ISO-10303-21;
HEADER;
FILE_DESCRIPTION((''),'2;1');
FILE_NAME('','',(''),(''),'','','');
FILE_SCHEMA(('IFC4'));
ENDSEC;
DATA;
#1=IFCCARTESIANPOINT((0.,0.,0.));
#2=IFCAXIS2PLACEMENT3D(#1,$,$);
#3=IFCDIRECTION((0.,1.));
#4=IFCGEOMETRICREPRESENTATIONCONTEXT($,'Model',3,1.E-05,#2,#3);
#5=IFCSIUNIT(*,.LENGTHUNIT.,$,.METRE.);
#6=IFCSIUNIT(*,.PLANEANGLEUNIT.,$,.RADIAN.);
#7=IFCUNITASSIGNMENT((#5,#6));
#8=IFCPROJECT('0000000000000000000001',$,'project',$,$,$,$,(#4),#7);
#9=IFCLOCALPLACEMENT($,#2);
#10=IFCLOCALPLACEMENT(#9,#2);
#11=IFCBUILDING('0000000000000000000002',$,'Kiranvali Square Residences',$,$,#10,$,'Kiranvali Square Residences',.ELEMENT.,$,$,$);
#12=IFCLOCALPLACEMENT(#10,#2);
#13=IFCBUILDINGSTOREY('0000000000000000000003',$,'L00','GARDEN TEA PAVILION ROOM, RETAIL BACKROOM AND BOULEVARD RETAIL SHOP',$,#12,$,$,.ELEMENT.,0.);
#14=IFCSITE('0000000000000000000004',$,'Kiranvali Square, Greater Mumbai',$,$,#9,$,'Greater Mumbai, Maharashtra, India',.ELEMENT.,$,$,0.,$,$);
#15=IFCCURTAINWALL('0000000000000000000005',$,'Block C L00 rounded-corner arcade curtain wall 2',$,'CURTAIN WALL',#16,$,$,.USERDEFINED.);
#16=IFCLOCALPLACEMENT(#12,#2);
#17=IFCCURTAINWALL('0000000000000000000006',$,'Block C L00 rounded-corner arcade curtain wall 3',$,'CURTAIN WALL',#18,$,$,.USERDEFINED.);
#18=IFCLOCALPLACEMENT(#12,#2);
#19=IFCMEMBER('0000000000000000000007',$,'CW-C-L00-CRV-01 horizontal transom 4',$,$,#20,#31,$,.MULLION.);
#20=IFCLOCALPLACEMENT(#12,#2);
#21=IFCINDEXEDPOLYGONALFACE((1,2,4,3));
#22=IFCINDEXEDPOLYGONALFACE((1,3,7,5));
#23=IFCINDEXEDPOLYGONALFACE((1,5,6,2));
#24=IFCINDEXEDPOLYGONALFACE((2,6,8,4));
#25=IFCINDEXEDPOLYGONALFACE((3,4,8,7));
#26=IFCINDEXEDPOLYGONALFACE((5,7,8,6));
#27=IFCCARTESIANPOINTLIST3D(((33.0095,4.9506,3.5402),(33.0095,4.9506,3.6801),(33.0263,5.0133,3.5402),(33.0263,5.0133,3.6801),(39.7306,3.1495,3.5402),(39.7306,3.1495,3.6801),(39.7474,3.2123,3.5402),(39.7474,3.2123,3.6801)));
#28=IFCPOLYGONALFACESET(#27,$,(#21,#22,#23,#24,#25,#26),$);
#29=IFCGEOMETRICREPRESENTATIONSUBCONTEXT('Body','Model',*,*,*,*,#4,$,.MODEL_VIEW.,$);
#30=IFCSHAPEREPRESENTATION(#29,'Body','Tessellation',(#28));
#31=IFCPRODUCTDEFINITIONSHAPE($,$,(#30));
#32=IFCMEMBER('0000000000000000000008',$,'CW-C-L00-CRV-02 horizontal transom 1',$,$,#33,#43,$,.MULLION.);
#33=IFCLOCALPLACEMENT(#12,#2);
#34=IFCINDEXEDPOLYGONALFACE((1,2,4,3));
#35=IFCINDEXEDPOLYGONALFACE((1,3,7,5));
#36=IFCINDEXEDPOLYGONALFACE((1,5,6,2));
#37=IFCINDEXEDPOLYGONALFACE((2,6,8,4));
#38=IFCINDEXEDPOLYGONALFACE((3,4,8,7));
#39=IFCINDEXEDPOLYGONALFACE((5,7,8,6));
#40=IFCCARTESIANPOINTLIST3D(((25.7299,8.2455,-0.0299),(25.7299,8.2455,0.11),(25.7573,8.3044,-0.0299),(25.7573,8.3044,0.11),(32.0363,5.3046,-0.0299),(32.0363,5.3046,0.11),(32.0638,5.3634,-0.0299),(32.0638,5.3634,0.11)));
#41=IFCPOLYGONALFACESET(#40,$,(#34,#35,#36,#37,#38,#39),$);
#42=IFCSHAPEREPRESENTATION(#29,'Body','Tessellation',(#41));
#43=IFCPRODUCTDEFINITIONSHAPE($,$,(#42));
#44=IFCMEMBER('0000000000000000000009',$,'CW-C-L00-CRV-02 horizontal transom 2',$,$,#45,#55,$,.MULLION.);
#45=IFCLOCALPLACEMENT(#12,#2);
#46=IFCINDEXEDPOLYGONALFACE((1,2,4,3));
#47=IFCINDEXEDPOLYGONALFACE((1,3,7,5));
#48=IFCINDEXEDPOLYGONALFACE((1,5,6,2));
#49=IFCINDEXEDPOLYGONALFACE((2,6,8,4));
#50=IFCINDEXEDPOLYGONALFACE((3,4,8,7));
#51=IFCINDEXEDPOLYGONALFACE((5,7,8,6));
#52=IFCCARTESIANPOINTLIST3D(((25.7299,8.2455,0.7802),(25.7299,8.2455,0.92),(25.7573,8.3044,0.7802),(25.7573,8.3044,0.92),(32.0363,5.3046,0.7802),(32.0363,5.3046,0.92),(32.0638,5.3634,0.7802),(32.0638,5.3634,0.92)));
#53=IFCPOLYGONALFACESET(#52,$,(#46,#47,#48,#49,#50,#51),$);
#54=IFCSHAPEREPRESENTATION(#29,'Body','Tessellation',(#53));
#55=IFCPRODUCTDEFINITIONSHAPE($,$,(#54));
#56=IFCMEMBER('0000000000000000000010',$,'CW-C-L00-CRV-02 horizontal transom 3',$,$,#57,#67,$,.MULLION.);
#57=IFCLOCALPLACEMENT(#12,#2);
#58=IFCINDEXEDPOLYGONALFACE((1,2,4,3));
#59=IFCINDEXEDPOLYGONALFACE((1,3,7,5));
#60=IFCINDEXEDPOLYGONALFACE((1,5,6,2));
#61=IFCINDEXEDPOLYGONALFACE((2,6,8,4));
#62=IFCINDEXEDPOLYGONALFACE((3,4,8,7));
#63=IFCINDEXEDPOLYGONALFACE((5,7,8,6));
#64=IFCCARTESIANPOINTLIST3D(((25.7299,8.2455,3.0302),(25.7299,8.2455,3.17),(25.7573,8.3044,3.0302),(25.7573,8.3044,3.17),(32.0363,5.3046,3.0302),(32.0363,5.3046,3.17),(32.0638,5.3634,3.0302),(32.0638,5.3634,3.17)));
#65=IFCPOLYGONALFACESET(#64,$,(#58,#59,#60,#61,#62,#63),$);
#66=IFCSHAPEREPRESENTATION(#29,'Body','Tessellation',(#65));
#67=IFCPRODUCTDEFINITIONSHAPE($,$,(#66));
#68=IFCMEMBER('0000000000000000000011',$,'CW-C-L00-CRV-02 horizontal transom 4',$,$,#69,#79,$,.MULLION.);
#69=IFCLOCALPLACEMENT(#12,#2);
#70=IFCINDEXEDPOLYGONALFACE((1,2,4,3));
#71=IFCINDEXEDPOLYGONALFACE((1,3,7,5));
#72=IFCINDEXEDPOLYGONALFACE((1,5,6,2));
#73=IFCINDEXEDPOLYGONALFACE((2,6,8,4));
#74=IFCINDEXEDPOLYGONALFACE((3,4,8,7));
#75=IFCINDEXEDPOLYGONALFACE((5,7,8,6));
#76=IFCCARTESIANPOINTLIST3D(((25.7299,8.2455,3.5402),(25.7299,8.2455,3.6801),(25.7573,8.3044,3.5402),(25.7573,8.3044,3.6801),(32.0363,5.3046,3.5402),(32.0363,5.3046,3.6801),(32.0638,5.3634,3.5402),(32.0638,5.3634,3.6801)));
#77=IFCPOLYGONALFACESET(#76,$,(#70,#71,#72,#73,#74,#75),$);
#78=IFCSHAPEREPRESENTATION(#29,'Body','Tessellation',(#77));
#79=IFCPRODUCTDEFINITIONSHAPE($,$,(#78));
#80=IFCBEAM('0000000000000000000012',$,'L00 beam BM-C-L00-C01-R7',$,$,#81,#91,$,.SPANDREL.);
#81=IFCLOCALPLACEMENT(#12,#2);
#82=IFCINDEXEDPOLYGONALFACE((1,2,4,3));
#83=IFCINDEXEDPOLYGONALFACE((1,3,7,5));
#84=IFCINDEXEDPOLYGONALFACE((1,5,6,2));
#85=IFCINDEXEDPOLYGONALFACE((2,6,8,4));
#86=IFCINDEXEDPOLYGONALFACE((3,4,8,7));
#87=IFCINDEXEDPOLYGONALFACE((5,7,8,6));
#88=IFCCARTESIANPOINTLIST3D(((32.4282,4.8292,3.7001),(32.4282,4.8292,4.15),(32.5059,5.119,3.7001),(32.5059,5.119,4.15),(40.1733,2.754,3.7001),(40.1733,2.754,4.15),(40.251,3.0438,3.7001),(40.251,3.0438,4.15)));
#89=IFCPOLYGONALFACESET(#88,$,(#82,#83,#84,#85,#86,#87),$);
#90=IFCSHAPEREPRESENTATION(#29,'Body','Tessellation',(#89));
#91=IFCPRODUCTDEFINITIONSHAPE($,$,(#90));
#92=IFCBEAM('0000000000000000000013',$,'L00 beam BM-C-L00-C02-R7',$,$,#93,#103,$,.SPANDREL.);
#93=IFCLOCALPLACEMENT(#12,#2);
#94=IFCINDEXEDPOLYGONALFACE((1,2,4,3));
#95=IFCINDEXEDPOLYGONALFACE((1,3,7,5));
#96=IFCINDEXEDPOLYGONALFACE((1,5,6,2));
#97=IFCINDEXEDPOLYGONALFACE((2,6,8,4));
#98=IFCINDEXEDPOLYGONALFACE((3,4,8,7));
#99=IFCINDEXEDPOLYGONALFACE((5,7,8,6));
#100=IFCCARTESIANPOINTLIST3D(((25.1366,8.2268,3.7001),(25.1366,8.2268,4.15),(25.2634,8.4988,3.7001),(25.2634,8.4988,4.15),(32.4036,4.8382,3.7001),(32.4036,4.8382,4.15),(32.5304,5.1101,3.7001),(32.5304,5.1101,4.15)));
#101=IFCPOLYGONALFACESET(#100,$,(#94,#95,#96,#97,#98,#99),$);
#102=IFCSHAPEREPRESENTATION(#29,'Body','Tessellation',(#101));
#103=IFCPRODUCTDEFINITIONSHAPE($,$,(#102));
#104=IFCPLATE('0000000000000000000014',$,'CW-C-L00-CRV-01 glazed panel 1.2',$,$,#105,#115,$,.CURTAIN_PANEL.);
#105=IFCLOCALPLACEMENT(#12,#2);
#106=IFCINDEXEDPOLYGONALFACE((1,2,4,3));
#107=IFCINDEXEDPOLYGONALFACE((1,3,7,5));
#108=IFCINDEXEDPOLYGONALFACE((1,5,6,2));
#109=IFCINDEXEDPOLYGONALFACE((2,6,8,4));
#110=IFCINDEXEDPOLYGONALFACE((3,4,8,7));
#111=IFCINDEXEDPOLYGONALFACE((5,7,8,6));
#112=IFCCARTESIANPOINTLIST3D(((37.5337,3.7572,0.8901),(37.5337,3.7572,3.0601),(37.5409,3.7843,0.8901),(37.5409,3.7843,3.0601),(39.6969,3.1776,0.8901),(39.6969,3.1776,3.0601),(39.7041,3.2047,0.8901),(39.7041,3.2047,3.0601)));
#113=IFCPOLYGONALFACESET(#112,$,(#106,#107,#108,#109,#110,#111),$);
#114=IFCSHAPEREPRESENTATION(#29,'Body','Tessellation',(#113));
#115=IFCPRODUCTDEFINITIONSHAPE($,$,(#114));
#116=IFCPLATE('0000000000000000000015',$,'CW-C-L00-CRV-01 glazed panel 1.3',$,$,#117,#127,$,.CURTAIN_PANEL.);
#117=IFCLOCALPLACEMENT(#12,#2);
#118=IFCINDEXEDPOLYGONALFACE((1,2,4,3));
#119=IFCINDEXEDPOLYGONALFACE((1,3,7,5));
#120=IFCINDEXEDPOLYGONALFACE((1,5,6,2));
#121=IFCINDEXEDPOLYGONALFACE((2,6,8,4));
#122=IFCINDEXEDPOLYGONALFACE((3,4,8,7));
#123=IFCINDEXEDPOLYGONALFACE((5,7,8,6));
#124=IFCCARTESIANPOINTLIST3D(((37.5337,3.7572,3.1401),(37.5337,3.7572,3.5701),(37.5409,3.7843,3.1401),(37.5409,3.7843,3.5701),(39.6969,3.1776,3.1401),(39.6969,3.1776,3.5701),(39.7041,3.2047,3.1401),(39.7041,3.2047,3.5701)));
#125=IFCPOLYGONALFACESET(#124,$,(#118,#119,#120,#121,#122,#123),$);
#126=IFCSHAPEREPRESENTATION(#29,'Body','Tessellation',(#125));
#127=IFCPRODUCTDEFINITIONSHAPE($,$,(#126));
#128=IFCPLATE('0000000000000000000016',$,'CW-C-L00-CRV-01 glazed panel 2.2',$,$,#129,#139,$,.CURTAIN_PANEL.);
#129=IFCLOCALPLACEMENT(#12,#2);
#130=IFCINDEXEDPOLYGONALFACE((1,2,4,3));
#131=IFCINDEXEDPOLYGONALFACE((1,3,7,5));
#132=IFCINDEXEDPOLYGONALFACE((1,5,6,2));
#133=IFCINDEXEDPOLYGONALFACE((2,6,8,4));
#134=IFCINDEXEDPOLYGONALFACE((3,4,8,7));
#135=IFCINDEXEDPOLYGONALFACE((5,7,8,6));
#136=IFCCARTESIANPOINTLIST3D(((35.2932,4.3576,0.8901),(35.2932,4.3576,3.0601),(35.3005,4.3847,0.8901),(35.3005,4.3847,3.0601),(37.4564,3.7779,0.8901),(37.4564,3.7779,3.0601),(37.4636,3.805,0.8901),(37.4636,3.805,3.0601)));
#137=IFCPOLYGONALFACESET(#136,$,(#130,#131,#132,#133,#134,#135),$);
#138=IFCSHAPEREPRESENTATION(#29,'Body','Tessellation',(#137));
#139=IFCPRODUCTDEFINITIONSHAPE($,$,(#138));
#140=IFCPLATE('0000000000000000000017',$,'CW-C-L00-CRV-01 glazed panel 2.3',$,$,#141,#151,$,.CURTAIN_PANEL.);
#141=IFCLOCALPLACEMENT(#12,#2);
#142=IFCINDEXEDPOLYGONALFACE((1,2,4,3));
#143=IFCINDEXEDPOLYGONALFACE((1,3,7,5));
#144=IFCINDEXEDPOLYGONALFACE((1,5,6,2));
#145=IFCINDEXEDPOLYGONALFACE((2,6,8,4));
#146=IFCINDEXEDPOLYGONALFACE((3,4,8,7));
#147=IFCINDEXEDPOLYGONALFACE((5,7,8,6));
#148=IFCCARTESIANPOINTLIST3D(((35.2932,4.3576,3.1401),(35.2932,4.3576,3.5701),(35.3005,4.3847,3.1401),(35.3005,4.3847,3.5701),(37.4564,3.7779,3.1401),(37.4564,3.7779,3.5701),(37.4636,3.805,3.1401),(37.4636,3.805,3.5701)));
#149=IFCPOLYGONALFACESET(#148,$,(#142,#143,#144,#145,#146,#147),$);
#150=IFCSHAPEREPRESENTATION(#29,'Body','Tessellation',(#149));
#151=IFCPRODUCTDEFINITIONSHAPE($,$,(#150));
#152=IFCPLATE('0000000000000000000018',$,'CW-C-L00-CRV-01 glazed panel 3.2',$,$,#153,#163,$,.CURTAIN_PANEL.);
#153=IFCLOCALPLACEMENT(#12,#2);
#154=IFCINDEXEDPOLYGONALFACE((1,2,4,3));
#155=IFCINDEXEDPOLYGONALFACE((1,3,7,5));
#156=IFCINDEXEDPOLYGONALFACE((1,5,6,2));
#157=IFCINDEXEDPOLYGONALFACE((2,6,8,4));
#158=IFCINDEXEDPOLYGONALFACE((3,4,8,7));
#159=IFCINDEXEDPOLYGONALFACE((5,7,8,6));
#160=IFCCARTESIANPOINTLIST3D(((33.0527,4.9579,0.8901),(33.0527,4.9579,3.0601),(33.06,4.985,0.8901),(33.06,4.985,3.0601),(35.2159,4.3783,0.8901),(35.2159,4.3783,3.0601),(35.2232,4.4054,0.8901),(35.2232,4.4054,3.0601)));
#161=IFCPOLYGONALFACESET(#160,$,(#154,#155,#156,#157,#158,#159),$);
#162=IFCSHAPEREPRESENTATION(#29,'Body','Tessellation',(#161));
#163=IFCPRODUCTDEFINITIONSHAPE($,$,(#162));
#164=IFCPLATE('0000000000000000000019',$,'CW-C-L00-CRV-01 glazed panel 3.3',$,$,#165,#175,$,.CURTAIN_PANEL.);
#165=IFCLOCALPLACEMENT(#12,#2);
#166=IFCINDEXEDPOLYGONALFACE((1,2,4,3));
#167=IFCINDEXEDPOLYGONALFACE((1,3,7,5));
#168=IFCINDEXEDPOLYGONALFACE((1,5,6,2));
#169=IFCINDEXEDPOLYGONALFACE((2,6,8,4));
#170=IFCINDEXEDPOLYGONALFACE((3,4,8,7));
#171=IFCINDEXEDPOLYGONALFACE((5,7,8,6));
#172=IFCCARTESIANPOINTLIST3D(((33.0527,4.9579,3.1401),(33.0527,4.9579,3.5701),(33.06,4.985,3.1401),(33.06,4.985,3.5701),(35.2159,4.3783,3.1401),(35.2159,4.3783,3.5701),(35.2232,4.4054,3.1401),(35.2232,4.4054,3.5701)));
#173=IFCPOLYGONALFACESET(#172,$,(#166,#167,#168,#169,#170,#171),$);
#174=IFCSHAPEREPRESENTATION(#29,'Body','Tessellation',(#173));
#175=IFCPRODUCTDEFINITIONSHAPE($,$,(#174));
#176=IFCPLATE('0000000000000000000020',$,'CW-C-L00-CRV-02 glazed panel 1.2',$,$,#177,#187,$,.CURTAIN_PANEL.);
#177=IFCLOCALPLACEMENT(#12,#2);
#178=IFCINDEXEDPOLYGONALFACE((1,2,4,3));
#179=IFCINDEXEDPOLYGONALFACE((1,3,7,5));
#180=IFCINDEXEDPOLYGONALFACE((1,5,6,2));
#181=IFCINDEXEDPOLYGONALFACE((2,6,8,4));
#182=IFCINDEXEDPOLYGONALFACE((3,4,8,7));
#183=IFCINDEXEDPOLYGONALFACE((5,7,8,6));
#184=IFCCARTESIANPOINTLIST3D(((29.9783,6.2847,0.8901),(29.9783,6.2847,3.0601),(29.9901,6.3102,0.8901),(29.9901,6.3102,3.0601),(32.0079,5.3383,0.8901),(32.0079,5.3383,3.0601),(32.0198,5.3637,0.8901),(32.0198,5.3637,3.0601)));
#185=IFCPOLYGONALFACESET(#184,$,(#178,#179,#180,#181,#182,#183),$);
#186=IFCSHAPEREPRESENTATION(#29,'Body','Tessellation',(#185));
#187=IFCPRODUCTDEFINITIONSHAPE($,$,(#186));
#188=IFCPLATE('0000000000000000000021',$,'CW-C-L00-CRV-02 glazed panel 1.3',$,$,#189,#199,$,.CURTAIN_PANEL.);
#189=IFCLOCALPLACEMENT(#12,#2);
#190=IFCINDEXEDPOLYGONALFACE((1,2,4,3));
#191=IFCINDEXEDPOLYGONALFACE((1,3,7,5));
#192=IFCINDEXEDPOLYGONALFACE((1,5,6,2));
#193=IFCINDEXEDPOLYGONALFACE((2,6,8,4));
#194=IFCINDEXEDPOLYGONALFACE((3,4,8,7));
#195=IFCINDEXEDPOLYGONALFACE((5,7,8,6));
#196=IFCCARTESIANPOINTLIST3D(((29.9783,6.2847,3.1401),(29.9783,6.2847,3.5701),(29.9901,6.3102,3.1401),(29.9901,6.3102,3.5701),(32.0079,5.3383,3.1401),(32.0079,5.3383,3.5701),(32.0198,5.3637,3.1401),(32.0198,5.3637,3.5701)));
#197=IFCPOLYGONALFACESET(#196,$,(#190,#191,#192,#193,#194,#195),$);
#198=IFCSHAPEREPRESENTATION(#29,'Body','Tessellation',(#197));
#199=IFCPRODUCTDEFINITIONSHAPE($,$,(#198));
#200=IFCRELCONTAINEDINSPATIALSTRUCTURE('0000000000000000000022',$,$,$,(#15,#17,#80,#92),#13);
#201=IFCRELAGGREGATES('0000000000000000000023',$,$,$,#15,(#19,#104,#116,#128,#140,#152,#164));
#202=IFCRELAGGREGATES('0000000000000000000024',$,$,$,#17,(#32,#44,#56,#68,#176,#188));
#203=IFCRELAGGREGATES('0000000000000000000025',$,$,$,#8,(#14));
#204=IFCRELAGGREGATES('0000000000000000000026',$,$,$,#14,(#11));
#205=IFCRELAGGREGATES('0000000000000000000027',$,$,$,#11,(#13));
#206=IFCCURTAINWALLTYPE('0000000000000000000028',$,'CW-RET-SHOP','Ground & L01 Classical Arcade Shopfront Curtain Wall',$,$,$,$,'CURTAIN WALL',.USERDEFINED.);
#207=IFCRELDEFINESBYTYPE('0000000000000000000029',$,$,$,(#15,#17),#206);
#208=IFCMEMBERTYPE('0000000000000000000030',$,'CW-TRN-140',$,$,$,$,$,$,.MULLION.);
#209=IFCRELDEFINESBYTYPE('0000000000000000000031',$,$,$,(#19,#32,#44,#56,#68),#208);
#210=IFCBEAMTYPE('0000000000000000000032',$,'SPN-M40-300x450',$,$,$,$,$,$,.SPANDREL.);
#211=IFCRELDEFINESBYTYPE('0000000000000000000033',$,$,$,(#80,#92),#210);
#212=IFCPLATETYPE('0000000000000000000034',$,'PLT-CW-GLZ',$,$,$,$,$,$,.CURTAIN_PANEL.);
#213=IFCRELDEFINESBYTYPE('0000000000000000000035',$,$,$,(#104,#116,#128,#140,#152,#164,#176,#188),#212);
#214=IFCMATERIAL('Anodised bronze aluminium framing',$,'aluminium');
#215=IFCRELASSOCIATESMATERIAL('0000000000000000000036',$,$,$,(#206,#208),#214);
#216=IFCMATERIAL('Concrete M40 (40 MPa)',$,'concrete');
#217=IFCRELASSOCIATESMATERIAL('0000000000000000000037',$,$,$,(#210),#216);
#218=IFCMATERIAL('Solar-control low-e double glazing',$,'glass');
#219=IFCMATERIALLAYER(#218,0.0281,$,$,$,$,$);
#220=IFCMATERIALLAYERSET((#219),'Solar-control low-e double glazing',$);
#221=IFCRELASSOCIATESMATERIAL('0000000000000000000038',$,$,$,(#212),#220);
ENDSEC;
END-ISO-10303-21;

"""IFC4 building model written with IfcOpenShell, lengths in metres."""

from ifc_helpers import new_model, si_unit, direction, frame, origin, origin_2d, place, context, subcontext, project, spatial, rectangle, extrude, material, layer, layer_set, material_profile, profile_set, type_object, element, aggregate, save


model = new_model("IFC4")

# Units and contexts
model_context = context("Model", 3, precision=1e-05, world=origin(), true_north=direction((0.0, 1.0)))
body_context = subcontext(model_context, "Body", "Model", "MODEL_VIEW")
ifc_project = project(units=[si_unit("LENGTHUNIT", "METRE"), si_unit("PLANEANGLEUNIT", "RADIAN")], contexts=[model_context])

# Site, building, storey
site_placement = place(None, origin())
site = spatial("IfcSite", under=ifc_project, at=site_placement, Name="Kiranvali Square, Greater Mumbai", LongName="Greater Mumbai, Maharashtra, India", CompositionType="ELEMENT", RefElevation=0.0)
building_placement = place(site_placement, origin())
building = spatial("IfcBuilding", under=site, at=building_placement, Name="Kiranvali Square Residences", LongName="Kiranvali Square Residences", CompositionType="ELEMENT")
storey_placement = place(building_placement, origin())
storey = spatial("IfcBuildingStorey", under=building, at=storey_placement, Name="L00", Description="GARDEN TEA PAVILION ROOM, RETAIL BACKROOM AND BOULEVARD RETAIL SHOP", CompositionType="ELEMENT", Elevation=0.0)

# Shared definitions
ifc_material_1 = material(Name="Anodised bronze aluminium framing", Category="aluminium")
curtain_wall_type = type_object("IfcCurtainWallType", Name="CW-RET-SHOP", Description="Ground & L01 Classical Arcade Shopfront Curtain Wall", ElementType="CURTAIN WALL", PredefinedType="USERDEFINED", material=ifc_material_1)

# Curtain walls
curtain_wall_1_placement = place(storey_placement, origin())
curtain_wall_1 = element("IfcCurtainWall", 1, at=curtain_wall_1_placement, inside=storey, type_object=curtain_wall_type, Name="Block C L00 rounded-corner arcade curtain wall 2", ObjectType="CURTAIN WALL", PredefinedType="USERDEFINED")
curtain_wall_2_placement = place(storey_placement, origin())
curtain_wall_2 = element("IfcCurtainWall", 2, at=curtain_wall_2_placement, inside=storey, type_object=curtain_wall_type, Name="Block C L00 rounded-corner arcade curtain wall 3", ObjectType="CURTAIN WALL", PredefinedType="USERDEFINED")

# Members
ifc_material_profile_1 = material_profile(ifc_material_1, rectangle(XDim=0.0649, YDim=0.1399, at=origin_2d()), Name="ALU 65x140")
ifc_profile_set_1 = profile_set([ifc_material_profile_1], Name="Anodised bronze aluminium framing")
member_type_1 = type_object("IfcMemberType", Name="CW-TRN-140", PredefinedType="MULLION", material=ifc_profile_set_1)
member_1_placement = place(storey_placement, frame((39.739, 3.1809, 3.6101), z_axis=(-0.965923, 0.258831, 0.0), x_axis=(-0.258831, -0.965923, 0.0)))
member_1 = element("IfcMember", 3, at=member_1_placement, type_object=member_type_1, Name="CW-C-L00-CRV-01 horizontal transom 4", PredefinedType="MULLION", context=body_context, shape_type="SweptSolid", body=[
    extrude(rectangle(XDim=0.0649, YDim=0.1399, at=origin_2d()), origin(), (0.0, 0.0, 1.0), 6.9583),
])
member_2_placement = place(storey_placement, frame((32.05, 5.334, 0.04), z_axis=(-0.906297, 0.422642, 0.0), x_axis=(-0.422642, -0.906297, 0.0)))
member_2 = element("IfcMember", 4, at=member_2_placement, type_object=member_type_1, Name="CW-C-L00-CRV-02 horizontal transom 1", PredefinedType="MULLION", context=body_context, shape_type="SweptSolid", body=[
    extrude(rectangle(XDim=0.0649, YDim=0.1399, at=origin_2d()), origin(), (0.0, 0.0, 1.0), 6.9585),
])
member_3_placement = place(storey_placement, frame((32.05, 5.334, 0.8501), z_axis=(-0.906297, 0.422642, 0.0), x_axis=(-0.422642, -0.906297, 0.0)))
member_3 = element("IfcMember", 5, at=member_3_placement, type_object=member_type_1, Name="CW-C-L00-CRV-02 horizontal transom 2", PredefinedType="MULLION", context=body_context, shape_type="SweptSolid", body=[
    extrude(rectangle(XDim=0.0649, YDim=0.1399, at=origin_2d()), origin(), (0.0, 0.0, 1.0), 6.9585),
])
member_4_placement = place(storey_placement, frame((32.05, 5.334, 3.1001), z_axis=(-0.906297, 0.422642, 0.0), x_axis=(-0.422642, -0.906297, 0.0)))
member_4 = element("IfcMember", 6, at=member_4_placement, type_object=member_type_1, Name="CW-C-L00-CRV-02 horizontal transom 3", PredefinedType="MULLION", context=body_context, shape_type="SweptSolid", body=[
    extrude(rectangle(XDim=0.0649, YDim=0.1399, at=origin_2d()), origin(), (0.0, 0.0, 1.0), 6.9585),
])
member_5_placement = place(storey_placement, frame((32.05, 5.334, 3.6101), z_axis=(-0.906297, 0.422642, 0.0), x_axis=(-0.422642, -0.906297, 0.0)))
member_5 = element("IfcMember", 7, at=member_5_placement, type_object=member_type_1, Name="CW-C-L00-CRV-02 horizontal transom 4", PredefinedType="MULLION", context=body_context, shape_type="SweptSolid", body=[
    extrude(rectangle(XDim=0.0649, YDim=0.1399, at=origin_2d()), origin(), (0.0, 0.0, 1.0), 6.9585),
])

# Beams
ifc_material_2 = material(Name="Concrete M40 (40 MPa)", Category="concrete")
ifc_material_profile_2 = material_profile(ifc_material_2, rectangle(XDim=0.3, YDim=0.45, at=origin_2d()), Name="RC 300x450")
ifc_profile_set_2 = profile_set([ifc_material_profile_2], Name="Concrete M40 (40 MPa)")
beam_type_1 = type_object("IfcBeamType", Name="SPN-M40-300x450", PredefinedType="SPANDREL", material=ifc_profile_set_2)
for number, where, z_axis, x_axis, name in (
    (8, (40.2122, 2.8989, 3.925), (-0.965929, 0.258807, 0.0), (-0.258807, -0.965929, 0.0), "L00 beam BM-C-L00-C01-R7"),
    (9, (32.467, 4.9741, 3.925), (-0.906309, 0.422615, 0.0), (-0.422615, -0.906309, 0.0), "L00 beam BM-C-L00-C02-R7"),
):
    element("IfcBeam", number, at=place(storey_placement, frame(where, z_axis=z_axis, x_axis=x_axis)), inside=storey, type_object=beam_type_1, Name=name, PredefinedType="SPANDREL", context=body_context, shape_type="SweptSolid", body=[
        extrude(rectangle(XDim=0.3, YDim=0.45, at=origin_2d()), origin(), (0.0, 0.0, 1.0), 8.0183),
    ])

# Plates
ifc_material_3 = material(Name="Solar-control low-e double glazing", Category="glass")
ifc_layer_1 = layer(ifc_material_3, 0.0281)
ifc_layer_set_1 = layer_set([ifc_layer_1], Name="Solar-control low-e double glazing")
plate_type_1 = type_object("IfcPlateType", Name="PLT-CW-GLZ", PredefinedType="CURTAIN_PANEL", material=ifc_layer_set_1)
plate_1_placement = place(storey_placement, frame((38.6189, 3.481, 0.8901), z_axis=(0.0, 0.0, 1.0), x_axis=(-0.965926, 0.258819, 0.0)))
plate_1 = element("IfcPlate", 10, at=plate_1_placement, type_object=plate_type_1, Name="CW-C-L00-CRV-01 glazed panel 1.2", PredefinedType="CURTAIN_PANEL", context=body_context, shape_type="SweptSolid", body=[
    extrude(rectangle(XDim=2.2395, YDim=0.0281, at=origin_2d()), origin(), (0.0, 0.0, 1.0), 2.1699),
])
plate_2_placement = place(storey_placement, frame((38.6189, 3.481, 3.1401), z_axis=(0.0, 0.0, 1.0), x_axis=(-0.965926, 0.258819, 0.0)))
plate_2 = element("IfcPlate", 11, at=plate_2_placement, type_object=plate_type_1, Name="CW-C-L00-CRV-01 glazed panel 1.3", PredefinedType="CURTAIN_PANEL", context=body_context, shape_type="SweptSolid", body=[
    extrude(rectangle(XDim=2.2395, YDim=0.0281, at=origin_2d()), origin(), (0.0, 0.0, 1.0), 0.4299),
])
plate_3_placement = place(storey_placement, frame((36.3784, 4.0813, 0.8901), z_axis=(0.0, 0.0, 1.0), x_axis=(-0.965926, 0.258819, 0.0)))
plate_3 = element("IfcPlate", 12, at=plate_3_placement, type_object=plate_type_1, Name="CW-C-L00-CRV-01 glazed panel 2.2", PredefinedType="CURTAIN_PANEL", context=body_context, shape_type="SweptSolid", body=[
    extrude(rectangle(XDim=2.2395, YDim=0.0281, at=origin_2d()), origin(), (0.0, 0.0, 1.0), 2.1699),
])
plate_4_placement = place(storey_placement, frame((36.3784, 4.0813, 3.1401), z_axis=(0.0, 0.0, 1.0), x_axis=(-0.965926, 0.258819, 0.0)))
plate_4 = element("IfcPlate", 13, at=plate_4_placement, type_object=plate_type_1, Name="CW-C-L00-CRV-01 glazed panel 2.3", PredefinedType="CURTAIN_PANEL", context=body_context, shape_type="SweptSolid", body=[
    extrude(rectangle(XDim=2.2395, YDim=0.0281, at=origin_2d()), origin(), (0.0, 0.0, 1.0), 0.4299),
])
plate_5_placement = place(storey_placement, frame((34.1379, 4.6816, 0.8901), z_axis=(0.0, 0.0, 1.0), x_axis=(-0.965926, 0.258819, 0.0)))
plate_5 = element("IfcPlate", 14, at=plate_5_placement, type_object=plate_type_1, Name="CW-C-L00-CRV-01 glazed panel 3.2", PredefinedType="CURTAIN_PANEL", context=body_context, shape_type="SweptSolid", body=[
    extrude(rectangle(XDim=2.2395, YDim=0.0281, at=origin_2d()), origin(), (0.0, 0.0, 1.0), 2.1699),
])
plate_6_placement = place(storey_placement, frame((34.1379, 4.6816, 3.1401), z_axis=(0.0, 0.0, 1.0), x_axis=(-0.965926, 0.258819, 0.0)))
plate_6 = element("IfcPlate", 15, at=plate_6_placement, type_object=plate_type_1, Name="CW-C-L00-CRV-01 glazed panel 3.3", PredefinedType="CURTAIN_PANEL", context=body_context, shape_type="SweptSolid", body=[
    extrude(rectangle(XDim=2.2395, YDim=0.0281, at=origin_2d()), origin(), (0.0, 0.0, 1.0), 0.4299),
])
plate_7_placement = place(storey_placement, frame((30.999, 5.8242, 0.8901), z_axis=(0.0, 0.0, 1.0), x_axis=(-0.906308, 0.422618, 0.0)))
plate_7 = element("IfcPlate", 16, at=plate_7_placement, type_object=plate_type_1, Name="CW-C-L00-CRV-02 glazed panel 1.2", PredefinedType="CURTAIN_PANEL", context=body_context, shape_type="SweptSolid", body=[
    extrude(rectangle(XDim=2.2395, YDim=0.0281, at=origin_2d()), origin(), (0.0, 0.0, 1.0), 2.1699),
])
plate_8_placement = place(storey_placement, frame((30.999, 5.8242, 3.1401), z_axis=(0.0, 0.0, 1.0), x_axis=(-0.906308, 0.422618, 0.0)))
plate_8 = element("IfcPlate", 17, at=plate_8_placement, type_object=plate_type_1, Name="CW-C-L00-CRV-02 glazed panel 1.3", PredefinedType="CURTAIN_PANEL", context=body_context, shape_type="SweptSolid", body=[
    extrude(rectangle(XDim=2.2395, YDim=0.0281, at=origin_2d()), origin(), (0.0, 0.0, 1.0), 0.4299),
])
aggregate(curtain_wall_1, [member_1, plate_1, plate_2, plate_3, plate_4, plate_5, plate_6])
aggregate(curtain_wall_2, [member_2, member_3, member_4, member_5, plate_7, plate_8])

save(model, "model.ifc")
